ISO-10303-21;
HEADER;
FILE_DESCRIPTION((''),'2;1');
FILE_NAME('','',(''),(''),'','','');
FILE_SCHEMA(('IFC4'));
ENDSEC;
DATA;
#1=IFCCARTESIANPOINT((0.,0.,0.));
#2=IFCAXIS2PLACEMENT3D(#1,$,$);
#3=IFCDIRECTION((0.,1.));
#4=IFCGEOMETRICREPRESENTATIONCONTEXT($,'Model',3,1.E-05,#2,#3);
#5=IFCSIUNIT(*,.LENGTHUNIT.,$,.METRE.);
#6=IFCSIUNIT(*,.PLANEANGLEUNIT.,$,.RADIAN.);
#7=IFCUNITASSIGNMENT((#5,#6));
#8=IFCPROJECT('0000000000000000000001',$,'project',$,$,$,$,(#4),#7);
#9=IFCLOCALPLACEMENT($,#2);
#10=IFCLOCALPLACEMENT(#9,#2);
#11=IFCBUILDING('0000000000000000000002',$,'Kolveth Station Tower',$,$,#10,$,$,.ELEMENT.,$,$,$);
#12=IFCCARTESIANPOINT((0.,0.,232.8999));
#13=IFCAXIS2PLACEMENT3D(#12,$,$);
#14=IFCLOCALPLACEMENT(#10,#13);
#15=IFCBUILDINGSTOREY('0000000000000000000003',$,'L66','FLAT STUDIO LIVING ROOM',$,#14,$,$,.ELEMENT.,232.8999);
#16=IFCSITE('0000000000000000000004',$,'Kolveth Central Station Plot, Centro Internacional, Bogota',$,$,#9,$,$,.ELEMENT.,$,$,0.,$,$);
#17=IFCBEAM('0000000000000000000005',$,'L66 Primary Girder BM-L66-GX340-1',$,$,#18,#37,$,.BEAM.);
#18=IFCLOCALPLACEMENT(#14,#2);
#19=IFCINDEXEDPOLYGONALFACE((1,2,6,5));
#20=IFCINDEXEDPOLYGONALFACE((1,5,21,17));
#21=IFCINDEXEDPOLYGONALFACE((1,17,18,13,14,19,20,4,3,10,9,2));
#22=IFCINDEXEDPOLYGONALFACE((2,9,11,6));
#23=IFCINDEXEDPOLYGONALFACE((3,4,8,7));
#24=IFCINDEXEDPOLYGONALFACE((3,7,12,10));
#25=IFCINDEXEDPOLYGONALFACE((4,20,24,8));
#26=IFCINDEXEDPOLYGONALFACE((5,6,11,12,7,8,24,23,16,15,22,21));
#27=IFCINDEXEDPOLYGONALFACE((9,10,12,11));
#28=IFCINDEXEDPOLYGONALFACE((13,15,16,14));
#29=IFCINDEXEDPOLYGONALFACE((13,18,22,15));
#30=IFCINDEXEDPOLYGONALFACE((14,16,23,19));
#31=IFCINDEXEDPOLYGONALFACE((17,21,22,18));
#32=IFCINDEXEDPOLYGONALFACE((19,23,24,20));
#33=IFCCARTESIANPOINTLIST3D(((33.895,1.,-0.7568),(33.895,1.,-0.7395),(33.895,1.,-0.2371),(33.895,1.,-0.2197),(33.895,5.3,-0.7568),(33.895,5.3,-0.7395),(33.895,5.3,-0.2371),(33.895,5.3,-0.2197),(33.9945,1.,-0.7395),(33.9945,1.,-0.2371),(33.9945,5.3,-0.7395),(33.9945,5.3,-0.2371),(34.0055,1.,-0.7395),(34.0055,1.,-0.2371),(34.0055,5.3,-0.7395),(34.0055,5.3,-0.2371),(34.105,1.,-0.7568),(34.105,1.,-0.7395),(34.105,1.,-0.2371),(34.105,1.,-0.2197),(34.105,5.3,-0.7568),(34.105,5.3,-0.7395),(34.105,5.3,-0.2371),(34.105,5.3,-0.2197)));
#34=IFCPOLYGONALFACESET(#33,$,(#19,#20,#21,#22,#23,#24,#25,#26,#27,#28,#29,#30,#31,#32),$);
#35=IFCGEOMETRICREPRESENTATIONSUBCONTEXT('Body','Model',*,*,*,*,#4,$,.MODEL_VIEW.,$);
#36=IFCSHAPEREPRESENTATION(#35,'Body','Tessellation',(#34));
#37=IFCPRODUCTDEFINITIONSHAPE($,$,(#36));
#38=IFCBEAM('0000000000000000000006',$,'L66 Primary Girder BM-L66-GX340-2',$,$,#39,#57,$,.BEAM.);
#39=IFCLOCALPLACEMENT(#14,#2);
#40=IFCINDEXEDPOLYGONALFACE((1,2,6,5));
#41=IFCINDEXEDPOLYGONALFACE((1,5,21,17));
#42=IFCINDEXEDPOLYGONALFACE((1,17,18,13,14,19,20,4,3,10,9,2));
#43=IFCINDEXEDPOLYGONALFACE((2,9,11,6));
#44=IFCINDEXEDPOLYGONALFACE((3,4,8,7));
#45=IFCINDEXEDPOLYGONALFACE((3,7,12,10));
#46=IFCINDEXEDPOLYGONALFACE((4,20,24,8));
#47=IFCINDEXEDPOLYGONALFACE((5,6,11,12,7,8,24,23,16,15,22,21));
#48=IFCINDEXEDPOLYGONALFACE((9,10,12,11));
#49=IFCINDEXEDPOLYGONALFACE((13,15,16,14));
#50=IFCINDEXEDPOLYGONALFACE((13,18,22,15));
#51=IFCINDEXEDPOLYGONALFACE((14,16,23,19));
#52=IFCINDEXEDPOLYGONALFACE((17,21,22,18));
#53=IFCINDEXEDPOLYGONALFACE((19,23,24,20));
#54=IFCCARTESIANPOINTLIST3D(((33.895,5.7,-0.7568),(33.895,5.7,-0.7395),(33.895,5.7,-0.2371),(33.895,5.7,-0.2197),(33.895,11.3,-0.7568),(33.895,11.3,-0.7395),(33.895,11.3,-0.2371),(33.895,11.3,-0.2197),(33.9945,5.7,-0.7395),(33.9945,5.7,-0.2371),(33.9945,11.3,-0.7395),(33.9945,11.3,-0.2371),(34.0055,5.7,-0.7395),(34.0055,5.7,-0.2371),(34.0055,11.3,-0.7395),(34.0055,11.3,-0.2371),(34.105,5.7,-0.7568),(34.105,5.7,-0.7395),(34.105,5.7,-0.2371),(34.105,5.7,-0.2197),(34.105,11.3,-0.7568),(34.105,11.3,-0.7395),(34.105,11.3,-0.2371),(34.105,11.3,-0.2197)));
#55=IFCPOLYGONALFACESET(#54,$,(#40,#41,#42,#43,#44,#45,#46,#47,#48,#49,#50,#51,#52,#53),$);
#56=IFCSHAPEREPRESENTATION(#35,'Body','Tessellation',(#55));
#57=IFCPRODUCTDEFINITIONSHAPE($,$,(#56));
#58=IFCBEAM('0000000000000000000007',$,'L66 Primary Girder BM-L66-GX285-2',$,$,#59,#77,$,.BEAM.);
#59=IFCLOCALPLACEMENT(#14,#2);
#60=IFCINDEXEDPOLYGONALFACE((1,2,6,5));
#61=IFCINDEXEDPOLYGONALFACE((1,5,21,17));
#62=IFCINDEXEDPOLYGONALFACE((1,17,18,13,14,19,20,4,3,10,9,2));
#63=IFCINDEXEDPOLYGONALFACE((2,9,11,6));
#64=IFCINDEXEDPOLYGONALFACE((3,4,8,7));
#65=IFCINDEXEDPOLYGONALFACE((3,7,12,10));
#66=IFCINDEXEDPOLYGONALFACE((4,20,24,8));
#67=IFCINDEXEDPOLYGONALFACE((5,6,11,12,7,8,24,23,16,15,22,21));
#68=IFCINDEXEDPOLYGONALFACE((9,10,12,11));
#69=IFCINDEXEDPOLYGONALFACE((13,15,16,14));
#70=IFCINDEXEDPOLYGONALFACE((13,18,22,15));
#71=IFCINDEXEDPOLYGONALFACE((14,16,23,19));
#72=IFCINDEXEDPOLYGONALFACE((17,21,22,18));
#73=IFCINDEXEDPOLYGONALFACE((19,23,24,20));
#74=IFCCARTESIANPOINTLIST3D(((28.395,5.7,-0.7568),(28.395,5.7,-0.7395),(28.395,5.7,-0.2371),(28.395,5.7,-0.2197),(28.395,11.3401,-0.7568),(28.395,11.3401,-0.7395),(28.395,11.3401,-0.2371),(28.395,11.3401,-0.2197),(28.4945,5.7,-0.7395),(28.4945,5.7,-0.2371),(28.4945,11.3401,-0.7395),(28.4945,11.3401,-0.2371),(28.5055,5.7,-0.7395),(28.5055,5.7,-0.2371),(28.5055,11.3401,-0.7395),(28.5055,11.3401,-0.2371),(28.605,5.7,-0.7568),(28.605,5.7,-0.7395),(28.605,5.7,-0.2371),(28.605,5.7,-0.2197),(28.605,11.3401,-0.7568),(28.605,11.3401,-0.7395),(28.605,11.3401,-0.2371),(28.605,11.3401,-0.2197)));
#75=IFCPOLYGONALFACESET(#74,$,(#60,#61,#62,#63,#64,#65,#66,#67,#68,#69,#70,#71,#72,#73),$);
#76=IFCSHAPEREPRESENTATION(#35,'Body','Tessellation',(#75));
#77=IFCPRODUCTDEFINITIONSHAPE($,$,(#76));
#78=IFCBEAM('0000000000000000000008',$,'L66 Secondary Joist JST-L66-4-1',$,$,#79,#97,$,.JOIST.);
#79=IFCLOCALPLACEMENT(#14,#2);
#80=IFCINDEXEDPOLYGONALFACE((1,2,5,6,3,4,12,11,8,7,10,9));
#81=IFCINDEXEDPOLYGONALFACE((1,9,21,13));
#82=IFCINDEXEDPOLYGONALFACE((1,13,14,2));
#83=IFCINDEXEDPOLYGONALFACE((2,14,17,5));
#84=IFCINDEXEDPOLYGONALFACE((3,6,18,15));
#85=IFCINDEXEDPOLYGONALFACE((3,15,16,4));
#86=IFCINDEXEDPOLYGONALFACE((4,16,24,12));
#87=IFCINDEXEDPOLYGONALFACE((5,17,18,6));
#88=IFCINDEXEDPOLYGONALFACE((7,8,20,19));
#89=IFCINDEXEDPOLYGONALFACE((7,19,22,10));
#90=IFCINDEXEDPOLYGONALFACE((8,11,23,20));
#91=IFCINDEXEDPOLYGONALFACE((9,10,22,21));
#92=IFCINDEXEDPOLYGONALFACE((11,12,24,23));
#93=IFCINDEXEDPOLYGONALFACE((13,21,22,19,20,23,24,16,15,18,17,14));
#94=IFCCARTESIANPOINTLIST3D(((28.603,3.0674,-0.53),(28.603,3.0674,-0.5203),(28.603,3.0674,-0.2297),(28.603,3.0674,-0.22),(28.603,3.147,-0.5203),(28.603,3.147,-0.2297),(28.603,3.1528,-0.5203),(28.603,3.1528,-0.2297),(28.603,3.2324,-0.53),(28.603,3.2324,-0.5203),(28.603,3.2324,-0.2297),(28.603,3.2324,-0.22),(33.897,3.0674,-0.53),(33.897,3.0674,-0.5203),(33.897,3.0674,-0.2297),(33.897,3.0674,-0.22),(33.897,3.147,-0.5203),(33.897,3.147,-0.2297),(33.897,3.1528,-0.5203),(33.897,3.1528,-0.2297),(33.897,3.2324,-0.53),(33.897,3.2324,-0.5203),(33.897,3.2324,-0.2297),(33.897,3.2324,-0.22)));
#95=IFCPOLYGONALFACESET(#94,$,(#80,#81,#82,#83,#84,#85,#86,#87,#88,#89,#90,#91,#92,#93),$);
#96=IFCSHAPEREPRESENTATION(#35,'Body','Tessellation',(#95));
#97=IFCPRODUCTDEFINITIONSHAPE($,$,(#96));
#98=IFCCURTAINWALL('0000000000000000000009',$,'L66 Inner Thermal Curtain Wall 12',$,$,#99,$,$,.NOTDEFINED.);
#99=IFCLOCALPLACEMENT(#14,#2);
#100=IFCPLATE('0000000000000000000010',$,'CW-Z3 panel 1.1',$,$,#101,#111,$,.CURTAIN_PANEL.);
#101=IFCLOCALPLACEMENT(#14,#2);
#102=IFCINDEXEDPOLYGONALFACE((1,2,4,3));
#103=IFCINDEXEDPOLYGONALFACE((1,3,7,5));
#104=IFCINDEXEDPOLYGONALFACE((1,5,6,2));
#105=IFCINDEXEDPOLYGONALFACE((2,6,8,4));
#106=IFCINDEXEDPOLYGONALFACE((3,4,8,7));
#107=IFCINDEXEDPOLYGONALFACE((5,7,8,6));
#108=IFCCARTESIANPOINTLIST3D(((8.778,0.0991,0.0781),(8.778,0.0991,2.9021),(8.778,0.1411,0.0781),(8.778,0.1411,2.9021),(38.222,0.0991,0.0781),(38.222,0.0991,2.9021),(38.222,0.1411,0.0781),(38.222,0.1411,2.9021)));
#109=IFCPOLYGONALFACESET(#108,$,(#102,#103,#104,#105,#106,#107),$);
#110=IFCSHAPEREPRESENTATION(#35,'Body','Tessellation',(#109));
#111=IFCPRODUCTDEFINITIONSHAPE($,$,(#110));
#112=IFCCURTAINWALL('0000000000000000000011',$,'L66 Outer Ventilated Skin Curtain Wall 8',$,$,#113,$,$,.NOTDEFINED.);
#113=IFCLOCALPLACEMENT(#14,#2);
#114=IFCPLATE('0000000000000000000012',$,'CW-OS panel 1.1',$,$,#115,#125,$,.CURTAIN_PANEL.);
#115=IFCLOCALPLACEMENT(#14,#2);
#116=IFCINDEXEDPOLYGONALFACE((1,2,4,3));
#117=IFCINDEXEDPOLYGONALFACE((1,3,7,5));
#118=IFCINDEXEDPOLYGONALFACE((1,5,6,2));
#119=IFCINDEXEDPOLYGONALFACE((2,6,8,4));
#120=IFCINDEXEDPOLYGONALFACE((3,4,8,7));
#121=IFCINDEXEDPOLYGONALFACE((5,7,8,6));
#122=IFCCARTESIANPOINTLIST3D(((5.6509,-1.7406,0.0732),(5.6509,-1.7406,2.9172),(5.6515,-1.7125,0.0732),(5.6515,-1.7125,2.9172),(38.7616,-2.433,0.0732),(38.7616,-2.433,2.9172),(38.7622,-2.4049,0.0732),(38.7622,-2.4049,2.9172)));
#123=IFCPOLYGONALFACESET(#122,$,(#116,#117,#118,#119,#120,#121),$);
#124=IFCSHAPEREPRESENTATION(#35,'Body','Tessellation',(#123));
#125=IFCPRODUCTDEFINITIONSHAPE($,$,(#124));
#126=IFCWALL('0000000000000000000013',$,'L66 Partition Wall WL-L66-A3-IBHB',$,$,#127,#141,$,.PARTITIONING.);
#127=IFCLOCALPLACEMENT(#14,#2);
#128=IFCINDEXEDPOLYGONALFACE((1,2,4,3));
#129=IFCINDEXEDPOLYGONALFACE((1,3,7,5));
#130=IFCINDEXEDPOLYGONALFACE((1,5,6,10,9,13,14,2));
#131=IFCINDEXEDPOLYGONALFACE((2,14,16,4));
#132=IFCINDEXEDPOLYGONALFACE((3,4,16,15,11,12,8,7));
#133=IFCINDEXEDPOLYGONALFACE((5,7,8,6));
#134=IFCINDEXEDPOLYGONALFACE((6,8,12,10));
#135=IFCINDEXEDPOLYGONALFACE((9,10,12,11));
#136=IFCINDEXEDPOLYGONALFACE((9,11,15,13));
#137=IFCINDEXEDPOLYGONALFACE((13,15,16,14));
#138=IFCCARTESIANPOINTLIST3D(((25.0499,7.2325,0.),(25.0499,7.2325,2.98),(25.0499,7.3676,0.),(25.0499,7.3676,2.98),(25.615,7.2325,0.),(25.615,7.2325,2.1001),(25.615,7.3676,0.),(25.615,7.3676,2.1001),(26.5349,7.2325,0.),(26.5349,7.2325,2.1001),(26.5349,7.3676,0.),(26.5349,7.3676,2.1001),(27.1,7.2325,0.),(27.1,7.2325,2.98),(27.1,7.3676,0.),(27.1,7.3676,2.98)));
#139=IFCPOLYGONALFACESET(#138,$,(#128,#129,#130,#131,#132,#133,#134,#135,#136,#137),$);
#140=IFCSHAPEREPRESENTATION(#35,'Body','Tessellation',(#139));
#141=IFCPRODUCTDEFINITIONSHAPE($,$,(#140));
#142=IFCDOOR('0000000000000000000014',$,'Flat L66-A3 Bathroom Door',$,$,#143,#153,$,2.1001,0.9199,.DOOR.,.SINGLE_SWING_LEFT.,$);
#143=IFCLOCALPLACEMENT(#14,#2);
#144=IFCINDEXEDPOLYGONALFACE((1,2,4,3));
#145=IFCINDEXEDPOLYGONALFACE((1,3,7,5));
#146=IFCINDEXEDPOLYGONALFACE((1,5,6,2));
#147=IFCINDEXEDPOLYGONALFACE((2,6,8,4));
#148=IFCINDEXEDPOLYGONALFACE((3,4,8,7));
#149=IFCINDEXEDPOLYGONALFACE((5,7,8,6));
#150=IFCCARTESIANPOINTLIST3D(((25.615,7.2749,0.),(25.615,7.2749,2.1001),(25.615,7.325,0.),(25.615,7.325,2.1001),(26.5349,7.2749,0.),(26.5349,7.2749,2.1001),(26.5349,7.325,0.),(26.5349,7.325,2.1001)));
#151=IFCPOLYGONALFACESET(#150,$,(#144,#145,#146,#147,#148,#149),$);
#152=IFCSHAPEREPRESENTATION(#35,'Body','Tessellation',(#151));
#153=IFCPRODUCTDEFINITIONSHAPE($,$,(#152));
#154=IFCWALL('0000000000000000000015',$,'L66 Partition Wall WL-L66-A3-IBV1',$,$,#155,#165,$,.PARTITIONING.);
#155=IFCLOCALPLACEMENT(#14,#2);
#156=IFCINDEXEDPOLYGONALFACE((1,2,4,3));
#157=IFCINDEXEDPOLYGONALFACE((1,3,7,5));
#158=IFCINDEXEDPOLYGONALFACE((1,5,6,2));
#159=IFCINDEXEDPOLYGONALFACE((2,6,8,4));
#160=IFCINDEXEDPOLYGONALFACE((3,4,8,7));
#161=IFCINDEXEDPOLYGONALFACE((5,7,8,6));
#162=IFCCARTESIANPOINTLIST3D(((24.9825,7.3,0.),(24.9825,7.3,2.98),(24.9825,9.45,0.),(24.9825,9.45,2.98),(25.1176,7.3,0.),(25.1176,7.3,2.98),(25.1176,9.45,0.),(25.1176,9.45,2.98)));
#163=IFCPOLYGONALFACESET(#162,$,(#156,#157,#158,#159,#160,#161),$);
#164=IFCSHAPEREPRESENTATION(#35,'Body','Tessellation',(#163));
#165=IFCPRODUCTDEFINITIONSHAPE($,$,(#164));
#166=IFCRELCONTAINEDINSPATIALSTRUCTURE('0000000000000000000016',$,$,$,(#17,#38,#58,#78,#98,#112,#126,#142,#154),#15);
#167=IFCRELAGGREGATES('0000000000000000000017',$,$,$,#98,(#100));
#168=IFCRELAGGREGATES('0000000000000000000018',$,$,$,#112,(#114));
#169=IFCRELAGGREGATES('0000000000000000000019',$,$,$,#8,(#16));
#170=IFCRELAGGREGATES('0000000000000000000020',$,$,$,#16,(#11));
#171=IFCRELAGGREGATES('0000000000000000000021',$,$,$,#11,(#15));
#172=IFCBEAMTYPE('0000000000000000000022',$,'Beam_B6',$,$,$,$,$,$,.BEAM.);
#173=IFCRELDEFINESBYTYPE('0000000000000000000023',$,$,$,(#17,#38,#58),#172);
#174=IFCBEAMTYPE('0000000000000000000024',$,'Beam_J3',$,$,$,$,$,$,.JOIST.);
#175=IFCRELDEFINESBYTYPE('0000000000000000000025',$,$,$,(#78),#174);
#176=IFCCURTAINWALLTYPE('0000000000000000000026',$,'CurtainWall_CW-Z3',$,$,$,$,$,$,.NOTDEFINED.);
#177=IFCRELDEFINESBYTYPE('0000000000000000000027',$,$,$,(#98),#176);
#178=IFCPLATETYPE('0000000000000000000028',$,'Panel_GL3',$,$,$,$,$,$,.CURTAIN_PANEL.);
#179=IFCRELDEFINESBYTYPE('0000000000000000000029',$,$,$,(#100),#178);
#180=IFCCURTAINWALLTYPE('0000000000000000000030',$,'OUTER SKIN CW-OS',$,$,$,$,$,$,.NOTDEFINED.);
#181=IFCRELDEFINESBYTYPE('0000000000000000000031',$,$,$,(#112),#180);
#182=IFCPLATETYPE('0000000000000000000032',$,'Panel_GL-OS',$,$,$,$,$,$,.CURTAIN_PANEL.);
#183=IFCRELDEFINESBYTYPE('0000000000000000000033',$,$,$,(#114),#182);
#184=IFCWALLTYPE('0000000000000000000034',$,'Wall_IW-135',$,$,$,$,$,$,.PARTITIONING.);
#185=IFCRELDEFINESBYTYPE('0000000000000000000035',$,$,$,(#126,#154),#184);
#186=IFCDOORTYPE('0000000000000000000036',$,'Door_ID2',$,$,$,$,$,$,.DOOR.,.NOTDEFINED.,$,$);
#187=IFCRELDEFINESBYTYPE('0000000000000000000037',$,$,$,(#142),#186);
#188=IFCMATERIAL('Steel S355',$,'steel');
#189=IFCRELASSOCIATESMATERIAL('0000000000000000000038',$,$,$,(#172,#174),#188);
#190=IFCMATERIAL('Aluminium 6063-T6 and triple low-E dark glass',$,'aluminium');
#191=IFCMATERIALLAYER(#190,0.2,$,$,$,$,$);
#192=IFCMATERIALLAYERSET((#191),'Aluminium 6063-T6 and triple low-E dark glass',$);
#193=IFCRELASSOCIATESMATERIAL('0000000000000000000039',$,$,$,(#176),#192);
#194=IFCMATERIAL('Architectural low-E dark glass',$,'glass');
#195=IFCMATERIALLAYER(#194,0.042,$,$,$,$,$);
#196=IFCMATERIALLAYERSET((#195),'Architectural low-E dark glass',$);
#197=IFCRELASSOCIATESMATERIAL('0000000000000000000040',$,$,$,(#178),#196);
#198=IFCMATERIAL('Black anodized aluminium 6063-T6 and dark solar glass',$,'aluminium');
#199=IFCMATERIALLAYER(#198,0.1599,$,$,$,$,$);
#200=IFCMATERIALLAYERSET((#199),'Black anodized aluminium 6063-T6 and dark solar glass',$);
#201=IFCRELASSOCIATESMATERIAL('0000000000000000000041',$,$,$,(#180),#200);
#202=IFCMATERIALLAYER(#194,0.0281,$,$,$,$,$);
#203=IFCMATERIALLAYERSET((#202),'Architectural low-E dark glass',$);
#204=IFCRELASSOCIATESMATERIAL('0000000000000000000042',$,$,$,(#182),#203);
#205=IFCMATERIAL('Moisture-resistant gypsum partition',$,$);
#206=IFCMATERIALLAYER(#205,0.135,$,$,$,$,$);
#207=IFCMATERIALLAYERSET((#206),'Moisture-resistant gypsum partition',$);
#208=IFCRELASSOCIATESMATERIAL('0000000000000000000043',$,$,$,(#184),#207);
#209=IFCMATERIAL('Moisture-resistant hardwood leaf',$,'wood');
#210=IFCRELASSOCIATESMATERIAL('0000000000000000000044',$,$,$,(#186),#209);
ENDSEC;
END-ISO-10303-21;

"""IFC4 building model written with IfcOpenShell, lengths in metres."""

from ifc_helpers import new_model, si_unit, direction, frame, frame_2d, origin, origin_2d, place, context, subcontext, project, spatial, rectangle, i_section, extrude, source, transform, mapped, material, layer, layer_set, material_profile, profile_set, type_object, element, fill, aggregate, save


model = new_model("IFC4")

# Units and contexts
model_context = context("Model", 3, precision=1e-05, world=origin(), true_north=direction((0.0, 1.0)))
body_context = subcontext(model_context, "Body", "Model", "MODEL_VIEW")
ifc_project = project(units=[si_unit("LENGTHUNIT", "METRE"), si_unit("PLANEANGLEUNIT", "RADIAN")], contexts=[model_context])

# Site, building, storey
site_placement = place(None, origin())
site = spatial("IfcSite", under=ifc_project, at=site_placement, Name="Kolveth Central Station Plot, Centro Internacional, Bogota", CompositionType="ELEMENT", RefElevation=0.0)
building_placement = place(site_placement, origin())
building = spatial("IfcBuilding", under=site, at=building_placement, Name="Kolveth Station Tower", CompositionType="ELEMENT")
storey_placement = place(building_placement, frame((0.0, 0.0, 232.8999)))
storey = spatial("IfcBuildingStorey", under=building, at=storey_placement, Name="L66", Description="FLAT STUDIO LIVING ROOM", CompositionType="ELEMENT", Elevation=232.8999)

# Shared definitions
ifc_material_1 = material(Name="Steel S355", Category="steel")

# Beams
ifc_material_profile_1 = material_profile(ifc_material_1, i_section(OverallWidth=0.21, OverallDepth=0.5371, WebThickness=0.011, FlangeThickness=0.0173, at=origin_2d()), Name="W530x101")
ifc_profile_set_1 = profile_set([ifc_material_profile_1], Name="Steel S355")
beam_type_1 = type_object("IfcBeamType", Name="Beam_B6", PredefinedType="BEAM", material=ifc_profile_set_1)
shared_shape_1 = source(origin(), body_context, "Body", "SweptSolid", [
    extrude(i_section(OverallWidth=0.21, OverallDepth=0.5371, WebThickness=0.011, FlangeThickness=0.0173, at=origin_2d()), origin(), (0.0, 0.0, 1.0), 4.3),
])
for number, where, z_axis, x_axis, name in (
    (1, (34.0, 1.0, -0.4883), (0.0, 1.0, 0.0), (-1.0, 0.0, 0.0), "L66 Primary Girder BM-L66-GX340-1"),
):
    element("IfcBeam", number, at=place(storey_placement, frame(where, z_axis=z_axis, x_axis=x_axis)), inside=storey, type_object=beam_type_1, Name=name, PredefinedType="BEAM", context=body_context, shape_type="MappedRepresentation", body=[
        mapped(shared_shape_1, transform((0.0, 0.0, 0.0), x_axis=(1.0, 0.0, 0.0), y_axis=(0.0, 1.0, 0.0), z_axis=(0.0, 0.0, 1.0), scale=1.0)),
    ])
shared_shape_2 = source(origin(), body_context, "Body", "SweptSolid", [
    extrude(i_section(OverallWidth=0.21, OverallDepth=0.5371, WebThickness=0.011, FlangeThickness=0.0173, at=origin_2d()), origin(), (0.0, 0.0, 1.0), 5.6001),
])
beam_1_placement = place(storey_placement, frame((34.0, 5.7, -0.4883), z_axis=(0.0, 1.0, 0.0), x_axis=(-1.0, 0.0, 0.0)))
element("IfcBeam", 2, at=beam_1_placement, inside=storey, type_object=beam_type_1, Name="L66 Primary Girder BM-L66-GX340-2", PredefinedType="BEAM", context=body_context, shape_type="MappedRepresentation", body=[
    mapped(shared_shape_2, transform((0.0, 0.0, 0.0), x_axis=(1.0, 0.0, 0.0), y_axis=(0.0, 1.0, 0.0), z_axis=(0.0, 0.0, 1.0), scale=1.0)),
])
shared_shape_3 = source(origin(), body_context, "Body", "SweptSolid", [
    extrude(i_section(OverallWidth=0.21, OverallDepth=0.5371, WebThickness=0.011, FlangeThickness=0.0173, at=origin_2d()), origin(), (0.0, 0.0, 1.0), 5.6401),
])
beam_2_placement = place(storey_placement, frame((28.5, 5.7, -0.4883), z_axis=(0.0, 1.0, 0.0), x_axis=(-1.0, 0.0, 0.0)))
element("IfcBeam", 3, at=beam_2_placement, inside=storey, type_object=beam_type_1, Name="L66 Primary Girder BM-L66-GX285-2", PredefinedType="BEAM", context=body_context, shape_type="MappedRepresentation", body=[
    mapped(shared_shape_3, transform((0.0, 0.0, 0.0), x_axis=(1.0, 0.0, 0.0), y_axis=(0.0, 1.0, 0.0), z_axis=(0.0, 0.0, 1.0), scale=1.0)),
])
ifc_material_profile_2 = material_profile(ifc_material_1, i_section(OverallWidth=0.165, OverallDepth=0.3101, WebThickness=0.0059, FlangeThickness=0.0098, at=origin_2d()), Name="W310x39")
ifc_profile_set_2 = profile_set([ifc_material_profile_2], Name="Steel S355")
beam_type_2 = type_object("IfcBeamType", Name="Beam_J3", PredefinedType="JOIST", material=ifc_profile_set_2)
shared_shape_4 = source(origin(), body_context, "Body", "SweptSolid", [
    extrude(i_section(OverallWidth=0.165, OverallDepth=0.3101, WebThickness=0.0059, FlangeThickness=0.0098, at=origin_2d()), origin(), (0.0, 0.0, 1.0), 5.2939),
])
beam_3_placement = place(storey_placement, frame((28.603, 3.1499, -0.375), z_axis=(1.0, 0.0, 0.0), x_axis=(0.0, 1.0, 0.0)))
element("IfcBeam", 4, at=beam_3_placement, inside=storey, type_object=beam_type_2, Name="L66 Secondary Joist JST-L66-4-1", PredefinedType="JOIST", context=body_context, shape_type="MappedRepresentation", body=[
    mapped(shared_shape_4, transform((0.0, 0.0, 0.0), x_axis=(1.0, 0.0, 0.0), y_axis=(0.0, 1.0, 0.0), z_axis=(0.0, 0.0, 1.0), scale=1.0)),
])

# Curtain walls, plates
ifc_material_2 = material(Name="Aluminium 6063-T6 and triple low-E dark glass", Category="aluminium")
ifc_layer_1 = layer(ifc_material_2, 0.2)
ifc_layer_set_1 = layer_set([ifc_layer_1], Name="Aluminium 6063-T6 and triple low-E dark glass")
curtain_wall_type_1 = type_object("IfcCurtainWallType", Name="CurtainWall_CW-Z3", PredefinedType="NOTDEFINED", material=ifc_layer_set_1)
curtain_wall_1_placement = place(storey_placement, origin())
curtain_wall_1 = element("IfcCurtainWall", 5, at=curtain_wall_1_placement, inside=storey, type_object=curtain_wall_type_1, Name="L66 Inner Thermal Curtain Wall 12", PredefinedType="NOTDEFINED")
ifc_material_3 = material(Name="Architectural low-E dark glass", Category="glass")
ifc_layer_2 = layer(ifc_material_3, 0.042)
ifc_layer_set_2 = layer_set([ifc_layer_2], Name="Architectural low-E dark glass")
plate_type_1 = type_object("IfcPlateType", Name="Panel_GL3", PredefinedType="CURTAIN_PANEL", material=ifc_layer_set_2)
shared_shape_5 = source(origin(), body_context, "Body", "SweptSolid", [
    extrude(rectangle(XDim=29.4441, YDim=0.042, at=origin_2d()), origin(), (0.0, 0.0, 1.0), 2.824),
])
plate_1_placement = place(storey_placement, frame((23.5, 0.1201, 0.0781), z_axis=(0.0, 0.0, 1.0), x_axis=(1.0, 0.0, 0.0)))
plate_1 = element("IfcPlate", 6, at=plate_1_placement, type_object=plate_type_1, Name="CW-Z3 panel 1.1", PredefinedType="CURTAIN_PANEL", context=body_context, shape_type="MappedRepresentation", body=[
    mapped(shared_shape_5, transform((0.0, 0.0, 0.0), x_axis=(1.0, 0.0, 0.0), y_axis=(0.0, 1.0, 0.0), z_axis=(0.0, 0.0, 1.0), scale=1.0)),
])
aggregate(curtain_wall_1, [plate_1])
ifc_material_4 = material(Name="Black anodized aluminium 6063-T6 and dark solar glass", Category="aluminium")
ifc_layer_3 = layer(ifc_material_4, 0.1599)
ifc_layer_set_3 = layer_set([ifc_layer_3], Name="Black anodized aluminium 6063-T6 and dark solar glass")
curtain_wall_type_2 = type_object("IfcCurtainWallType", Name="OUTER SKIN CW-OS", PredefinedType="NOTDEFINED", material=ifc_layer_set_3)
curtain_wall_2_placement = place(storey_placement, origin())
curtain_wall_2 = element("IfcCurtainWall", 7, at=curtain_wall_2_placement, inside=storey, type_object=curtain_wall_type_2, Name="L66 Outer Ventilated Skin Curtain Wall 8", PredefinedType="NOTDEFINED")
ifc_layer_4 = layer(ifc_material_3, 0.0281)
ifc_layer_set_4 = layer_set([ifc_layer_4], Name="Architectural low-E dark glass")
plate_type_2 = type_object("IfcPlateType", Name="Panel_GL-OS", PredefinedType="CURTAIN_PANEL", material=ifc_layer_set_4)
shared_shape_6 = source(origin(), body_context, "Body", "SweptSolid", [
    extrude(rectangle(XDim=33.1179, YDim=0.0281, at=origin_2d()), origin(), (0.0, 0.0, 1.0), 2.844),
])
plate_2_placement = place(storey_placement, frame((22.2065, -2.0728, 0.0732), z_axis=(0.0, 0.0, 1.0), x_axis=(0.999781, -0.020908, 0.0)))
plate_2 = element("IfcPlate", 8, at=plate_2_placement, type_object=plate_type_2, Name="CW-OS panel 1.1", PredefinedType="CURTAIN_PANEL", context=body_context, shape_type="MappedRepresentation", body=[
    mapped(shared_shape_6, transform((0.0, 0.0, 0.0), x_axis=(1.0, 0.0, 0.0), y_axis=(0.0, 1.0, 0.0), z_axis=(0.0, 0.0, 1.0), scale=1.0)),
])
aggregate(curtain_wall_2, [plate_2])

# Wall, opening, door
ifc_material_5 = material(Name="Moisture-resistant gypsum partition")
ifc_layer_5 = layer(ifc_material_5, 0.135)
ifc_layer_set_5 = layer_set([ifc_layer_5], Name="Moisture-resistant gypsum partition")
wall_type_1 = type_object("IfcWallType", Name="Wall_IW-135", PredefinedType="PARTITIONING", material=ifc_layer_set_5)
wall_1_placement = place(storey_placement, frame((25.05, 7.3, 0.0), z_axis=(0.0, 0.0, 1.0), x_axis=(1.0, 0.0, 0.0)))
wall_1 = element("IfcWall", 9, at=wall_1_placement, inside=storey, type_object=wall_type_1, Name="L66 Partition Wall WL-L66-A3-IBHB", PredefinedType="PARTITIONING", context=body_context, shape_type="SweptSolid", body=[
    extrude(rectangle(XDim=2.05, YDim=0.135, at=frame_2d((1.0249, 0.0))), origin(), (0.0, 0.0, 1.0), 2.98),
])
opening_1_placement = place(wall_1_placement, frame((0.5649, 0.0, 0.0)))
opening_1 = element("IfcOpeningElement", 10, at=opening_1_placement, cuts=wall_1, PredefinedType="OPENING", context=body_context, shape_type="SweptSolid", body=[
    extrude(rectangle(XDim=0.9199, YDim=2.1001, at=frame_2d((0.46, 1.05))), frame((0.0, 0.0774, 0.0), z_axis=(0.0, -1.0, 0.0), x_axis=(1.0, 0.0, 0.0)), (0.0, 0.0, 1.0), 0.155),
])
ifc_material_6 = material(Name="Moisture-resistant hardwood leaf", Category="wood")
door_type_1 = type_object("IfcDoorType", Name="Door_ID2", OperationType="NOTDEFINED", PredefinedType="DOOR", material=ifc_material_6)
door_1_placement = place(opening_1_placement, origin())
door_1 = element("IfcDoor", 11, at=door_1_placement, inside=storey, type_object=door_type_1, Name="Flat L66-A3 Bathroom Door", OperationType="SINGLE_SWING_LEFT", OverallHeight=2.1001, OverallWidth=0.9199, PredefinedType="DOOR", context=body_context, shape_type="SweptSolid", body=[
    extrude(rectangle(XDim=0.9199, YDim=2.1001, at=frame_2d((0.46, 1.05))), frame((0.0, 0.0249, 0.0), z_axis=(0.0, -1.0, 0.0), x_axis=(1.0, 0.0, 0.0)), (0.0, 0.0, 1.0), 0.05),
])
fill(opening_1, door_1)

# Wall
for number, where, z_axis, x_axis, name in (
    (12, (25.05, 7.3, 0.0), (0.0, 0.0, 1.0), (0.0, 1.0, 0.0), "L66 Partition Wall WL-L66-A3-IBV1"),
):
    element("IfcWall", number, at=place(storey_placement, frame(where, z_axis=z_axis, x_axis=x_axis)), inside=storey, type_object=wall_type_1, Name=name, PredefinedType="PARTITIONING", context=body_context, shape_type="SweptSolid", body=[
        extrude(rectangle(XDim=2.1499, YDim=0.135, at=frame_2d((1.075, 0.0))), origin(), (0.0, 0.0, 1.0), 2.98),
    ])

save(model, "model.ifc")
